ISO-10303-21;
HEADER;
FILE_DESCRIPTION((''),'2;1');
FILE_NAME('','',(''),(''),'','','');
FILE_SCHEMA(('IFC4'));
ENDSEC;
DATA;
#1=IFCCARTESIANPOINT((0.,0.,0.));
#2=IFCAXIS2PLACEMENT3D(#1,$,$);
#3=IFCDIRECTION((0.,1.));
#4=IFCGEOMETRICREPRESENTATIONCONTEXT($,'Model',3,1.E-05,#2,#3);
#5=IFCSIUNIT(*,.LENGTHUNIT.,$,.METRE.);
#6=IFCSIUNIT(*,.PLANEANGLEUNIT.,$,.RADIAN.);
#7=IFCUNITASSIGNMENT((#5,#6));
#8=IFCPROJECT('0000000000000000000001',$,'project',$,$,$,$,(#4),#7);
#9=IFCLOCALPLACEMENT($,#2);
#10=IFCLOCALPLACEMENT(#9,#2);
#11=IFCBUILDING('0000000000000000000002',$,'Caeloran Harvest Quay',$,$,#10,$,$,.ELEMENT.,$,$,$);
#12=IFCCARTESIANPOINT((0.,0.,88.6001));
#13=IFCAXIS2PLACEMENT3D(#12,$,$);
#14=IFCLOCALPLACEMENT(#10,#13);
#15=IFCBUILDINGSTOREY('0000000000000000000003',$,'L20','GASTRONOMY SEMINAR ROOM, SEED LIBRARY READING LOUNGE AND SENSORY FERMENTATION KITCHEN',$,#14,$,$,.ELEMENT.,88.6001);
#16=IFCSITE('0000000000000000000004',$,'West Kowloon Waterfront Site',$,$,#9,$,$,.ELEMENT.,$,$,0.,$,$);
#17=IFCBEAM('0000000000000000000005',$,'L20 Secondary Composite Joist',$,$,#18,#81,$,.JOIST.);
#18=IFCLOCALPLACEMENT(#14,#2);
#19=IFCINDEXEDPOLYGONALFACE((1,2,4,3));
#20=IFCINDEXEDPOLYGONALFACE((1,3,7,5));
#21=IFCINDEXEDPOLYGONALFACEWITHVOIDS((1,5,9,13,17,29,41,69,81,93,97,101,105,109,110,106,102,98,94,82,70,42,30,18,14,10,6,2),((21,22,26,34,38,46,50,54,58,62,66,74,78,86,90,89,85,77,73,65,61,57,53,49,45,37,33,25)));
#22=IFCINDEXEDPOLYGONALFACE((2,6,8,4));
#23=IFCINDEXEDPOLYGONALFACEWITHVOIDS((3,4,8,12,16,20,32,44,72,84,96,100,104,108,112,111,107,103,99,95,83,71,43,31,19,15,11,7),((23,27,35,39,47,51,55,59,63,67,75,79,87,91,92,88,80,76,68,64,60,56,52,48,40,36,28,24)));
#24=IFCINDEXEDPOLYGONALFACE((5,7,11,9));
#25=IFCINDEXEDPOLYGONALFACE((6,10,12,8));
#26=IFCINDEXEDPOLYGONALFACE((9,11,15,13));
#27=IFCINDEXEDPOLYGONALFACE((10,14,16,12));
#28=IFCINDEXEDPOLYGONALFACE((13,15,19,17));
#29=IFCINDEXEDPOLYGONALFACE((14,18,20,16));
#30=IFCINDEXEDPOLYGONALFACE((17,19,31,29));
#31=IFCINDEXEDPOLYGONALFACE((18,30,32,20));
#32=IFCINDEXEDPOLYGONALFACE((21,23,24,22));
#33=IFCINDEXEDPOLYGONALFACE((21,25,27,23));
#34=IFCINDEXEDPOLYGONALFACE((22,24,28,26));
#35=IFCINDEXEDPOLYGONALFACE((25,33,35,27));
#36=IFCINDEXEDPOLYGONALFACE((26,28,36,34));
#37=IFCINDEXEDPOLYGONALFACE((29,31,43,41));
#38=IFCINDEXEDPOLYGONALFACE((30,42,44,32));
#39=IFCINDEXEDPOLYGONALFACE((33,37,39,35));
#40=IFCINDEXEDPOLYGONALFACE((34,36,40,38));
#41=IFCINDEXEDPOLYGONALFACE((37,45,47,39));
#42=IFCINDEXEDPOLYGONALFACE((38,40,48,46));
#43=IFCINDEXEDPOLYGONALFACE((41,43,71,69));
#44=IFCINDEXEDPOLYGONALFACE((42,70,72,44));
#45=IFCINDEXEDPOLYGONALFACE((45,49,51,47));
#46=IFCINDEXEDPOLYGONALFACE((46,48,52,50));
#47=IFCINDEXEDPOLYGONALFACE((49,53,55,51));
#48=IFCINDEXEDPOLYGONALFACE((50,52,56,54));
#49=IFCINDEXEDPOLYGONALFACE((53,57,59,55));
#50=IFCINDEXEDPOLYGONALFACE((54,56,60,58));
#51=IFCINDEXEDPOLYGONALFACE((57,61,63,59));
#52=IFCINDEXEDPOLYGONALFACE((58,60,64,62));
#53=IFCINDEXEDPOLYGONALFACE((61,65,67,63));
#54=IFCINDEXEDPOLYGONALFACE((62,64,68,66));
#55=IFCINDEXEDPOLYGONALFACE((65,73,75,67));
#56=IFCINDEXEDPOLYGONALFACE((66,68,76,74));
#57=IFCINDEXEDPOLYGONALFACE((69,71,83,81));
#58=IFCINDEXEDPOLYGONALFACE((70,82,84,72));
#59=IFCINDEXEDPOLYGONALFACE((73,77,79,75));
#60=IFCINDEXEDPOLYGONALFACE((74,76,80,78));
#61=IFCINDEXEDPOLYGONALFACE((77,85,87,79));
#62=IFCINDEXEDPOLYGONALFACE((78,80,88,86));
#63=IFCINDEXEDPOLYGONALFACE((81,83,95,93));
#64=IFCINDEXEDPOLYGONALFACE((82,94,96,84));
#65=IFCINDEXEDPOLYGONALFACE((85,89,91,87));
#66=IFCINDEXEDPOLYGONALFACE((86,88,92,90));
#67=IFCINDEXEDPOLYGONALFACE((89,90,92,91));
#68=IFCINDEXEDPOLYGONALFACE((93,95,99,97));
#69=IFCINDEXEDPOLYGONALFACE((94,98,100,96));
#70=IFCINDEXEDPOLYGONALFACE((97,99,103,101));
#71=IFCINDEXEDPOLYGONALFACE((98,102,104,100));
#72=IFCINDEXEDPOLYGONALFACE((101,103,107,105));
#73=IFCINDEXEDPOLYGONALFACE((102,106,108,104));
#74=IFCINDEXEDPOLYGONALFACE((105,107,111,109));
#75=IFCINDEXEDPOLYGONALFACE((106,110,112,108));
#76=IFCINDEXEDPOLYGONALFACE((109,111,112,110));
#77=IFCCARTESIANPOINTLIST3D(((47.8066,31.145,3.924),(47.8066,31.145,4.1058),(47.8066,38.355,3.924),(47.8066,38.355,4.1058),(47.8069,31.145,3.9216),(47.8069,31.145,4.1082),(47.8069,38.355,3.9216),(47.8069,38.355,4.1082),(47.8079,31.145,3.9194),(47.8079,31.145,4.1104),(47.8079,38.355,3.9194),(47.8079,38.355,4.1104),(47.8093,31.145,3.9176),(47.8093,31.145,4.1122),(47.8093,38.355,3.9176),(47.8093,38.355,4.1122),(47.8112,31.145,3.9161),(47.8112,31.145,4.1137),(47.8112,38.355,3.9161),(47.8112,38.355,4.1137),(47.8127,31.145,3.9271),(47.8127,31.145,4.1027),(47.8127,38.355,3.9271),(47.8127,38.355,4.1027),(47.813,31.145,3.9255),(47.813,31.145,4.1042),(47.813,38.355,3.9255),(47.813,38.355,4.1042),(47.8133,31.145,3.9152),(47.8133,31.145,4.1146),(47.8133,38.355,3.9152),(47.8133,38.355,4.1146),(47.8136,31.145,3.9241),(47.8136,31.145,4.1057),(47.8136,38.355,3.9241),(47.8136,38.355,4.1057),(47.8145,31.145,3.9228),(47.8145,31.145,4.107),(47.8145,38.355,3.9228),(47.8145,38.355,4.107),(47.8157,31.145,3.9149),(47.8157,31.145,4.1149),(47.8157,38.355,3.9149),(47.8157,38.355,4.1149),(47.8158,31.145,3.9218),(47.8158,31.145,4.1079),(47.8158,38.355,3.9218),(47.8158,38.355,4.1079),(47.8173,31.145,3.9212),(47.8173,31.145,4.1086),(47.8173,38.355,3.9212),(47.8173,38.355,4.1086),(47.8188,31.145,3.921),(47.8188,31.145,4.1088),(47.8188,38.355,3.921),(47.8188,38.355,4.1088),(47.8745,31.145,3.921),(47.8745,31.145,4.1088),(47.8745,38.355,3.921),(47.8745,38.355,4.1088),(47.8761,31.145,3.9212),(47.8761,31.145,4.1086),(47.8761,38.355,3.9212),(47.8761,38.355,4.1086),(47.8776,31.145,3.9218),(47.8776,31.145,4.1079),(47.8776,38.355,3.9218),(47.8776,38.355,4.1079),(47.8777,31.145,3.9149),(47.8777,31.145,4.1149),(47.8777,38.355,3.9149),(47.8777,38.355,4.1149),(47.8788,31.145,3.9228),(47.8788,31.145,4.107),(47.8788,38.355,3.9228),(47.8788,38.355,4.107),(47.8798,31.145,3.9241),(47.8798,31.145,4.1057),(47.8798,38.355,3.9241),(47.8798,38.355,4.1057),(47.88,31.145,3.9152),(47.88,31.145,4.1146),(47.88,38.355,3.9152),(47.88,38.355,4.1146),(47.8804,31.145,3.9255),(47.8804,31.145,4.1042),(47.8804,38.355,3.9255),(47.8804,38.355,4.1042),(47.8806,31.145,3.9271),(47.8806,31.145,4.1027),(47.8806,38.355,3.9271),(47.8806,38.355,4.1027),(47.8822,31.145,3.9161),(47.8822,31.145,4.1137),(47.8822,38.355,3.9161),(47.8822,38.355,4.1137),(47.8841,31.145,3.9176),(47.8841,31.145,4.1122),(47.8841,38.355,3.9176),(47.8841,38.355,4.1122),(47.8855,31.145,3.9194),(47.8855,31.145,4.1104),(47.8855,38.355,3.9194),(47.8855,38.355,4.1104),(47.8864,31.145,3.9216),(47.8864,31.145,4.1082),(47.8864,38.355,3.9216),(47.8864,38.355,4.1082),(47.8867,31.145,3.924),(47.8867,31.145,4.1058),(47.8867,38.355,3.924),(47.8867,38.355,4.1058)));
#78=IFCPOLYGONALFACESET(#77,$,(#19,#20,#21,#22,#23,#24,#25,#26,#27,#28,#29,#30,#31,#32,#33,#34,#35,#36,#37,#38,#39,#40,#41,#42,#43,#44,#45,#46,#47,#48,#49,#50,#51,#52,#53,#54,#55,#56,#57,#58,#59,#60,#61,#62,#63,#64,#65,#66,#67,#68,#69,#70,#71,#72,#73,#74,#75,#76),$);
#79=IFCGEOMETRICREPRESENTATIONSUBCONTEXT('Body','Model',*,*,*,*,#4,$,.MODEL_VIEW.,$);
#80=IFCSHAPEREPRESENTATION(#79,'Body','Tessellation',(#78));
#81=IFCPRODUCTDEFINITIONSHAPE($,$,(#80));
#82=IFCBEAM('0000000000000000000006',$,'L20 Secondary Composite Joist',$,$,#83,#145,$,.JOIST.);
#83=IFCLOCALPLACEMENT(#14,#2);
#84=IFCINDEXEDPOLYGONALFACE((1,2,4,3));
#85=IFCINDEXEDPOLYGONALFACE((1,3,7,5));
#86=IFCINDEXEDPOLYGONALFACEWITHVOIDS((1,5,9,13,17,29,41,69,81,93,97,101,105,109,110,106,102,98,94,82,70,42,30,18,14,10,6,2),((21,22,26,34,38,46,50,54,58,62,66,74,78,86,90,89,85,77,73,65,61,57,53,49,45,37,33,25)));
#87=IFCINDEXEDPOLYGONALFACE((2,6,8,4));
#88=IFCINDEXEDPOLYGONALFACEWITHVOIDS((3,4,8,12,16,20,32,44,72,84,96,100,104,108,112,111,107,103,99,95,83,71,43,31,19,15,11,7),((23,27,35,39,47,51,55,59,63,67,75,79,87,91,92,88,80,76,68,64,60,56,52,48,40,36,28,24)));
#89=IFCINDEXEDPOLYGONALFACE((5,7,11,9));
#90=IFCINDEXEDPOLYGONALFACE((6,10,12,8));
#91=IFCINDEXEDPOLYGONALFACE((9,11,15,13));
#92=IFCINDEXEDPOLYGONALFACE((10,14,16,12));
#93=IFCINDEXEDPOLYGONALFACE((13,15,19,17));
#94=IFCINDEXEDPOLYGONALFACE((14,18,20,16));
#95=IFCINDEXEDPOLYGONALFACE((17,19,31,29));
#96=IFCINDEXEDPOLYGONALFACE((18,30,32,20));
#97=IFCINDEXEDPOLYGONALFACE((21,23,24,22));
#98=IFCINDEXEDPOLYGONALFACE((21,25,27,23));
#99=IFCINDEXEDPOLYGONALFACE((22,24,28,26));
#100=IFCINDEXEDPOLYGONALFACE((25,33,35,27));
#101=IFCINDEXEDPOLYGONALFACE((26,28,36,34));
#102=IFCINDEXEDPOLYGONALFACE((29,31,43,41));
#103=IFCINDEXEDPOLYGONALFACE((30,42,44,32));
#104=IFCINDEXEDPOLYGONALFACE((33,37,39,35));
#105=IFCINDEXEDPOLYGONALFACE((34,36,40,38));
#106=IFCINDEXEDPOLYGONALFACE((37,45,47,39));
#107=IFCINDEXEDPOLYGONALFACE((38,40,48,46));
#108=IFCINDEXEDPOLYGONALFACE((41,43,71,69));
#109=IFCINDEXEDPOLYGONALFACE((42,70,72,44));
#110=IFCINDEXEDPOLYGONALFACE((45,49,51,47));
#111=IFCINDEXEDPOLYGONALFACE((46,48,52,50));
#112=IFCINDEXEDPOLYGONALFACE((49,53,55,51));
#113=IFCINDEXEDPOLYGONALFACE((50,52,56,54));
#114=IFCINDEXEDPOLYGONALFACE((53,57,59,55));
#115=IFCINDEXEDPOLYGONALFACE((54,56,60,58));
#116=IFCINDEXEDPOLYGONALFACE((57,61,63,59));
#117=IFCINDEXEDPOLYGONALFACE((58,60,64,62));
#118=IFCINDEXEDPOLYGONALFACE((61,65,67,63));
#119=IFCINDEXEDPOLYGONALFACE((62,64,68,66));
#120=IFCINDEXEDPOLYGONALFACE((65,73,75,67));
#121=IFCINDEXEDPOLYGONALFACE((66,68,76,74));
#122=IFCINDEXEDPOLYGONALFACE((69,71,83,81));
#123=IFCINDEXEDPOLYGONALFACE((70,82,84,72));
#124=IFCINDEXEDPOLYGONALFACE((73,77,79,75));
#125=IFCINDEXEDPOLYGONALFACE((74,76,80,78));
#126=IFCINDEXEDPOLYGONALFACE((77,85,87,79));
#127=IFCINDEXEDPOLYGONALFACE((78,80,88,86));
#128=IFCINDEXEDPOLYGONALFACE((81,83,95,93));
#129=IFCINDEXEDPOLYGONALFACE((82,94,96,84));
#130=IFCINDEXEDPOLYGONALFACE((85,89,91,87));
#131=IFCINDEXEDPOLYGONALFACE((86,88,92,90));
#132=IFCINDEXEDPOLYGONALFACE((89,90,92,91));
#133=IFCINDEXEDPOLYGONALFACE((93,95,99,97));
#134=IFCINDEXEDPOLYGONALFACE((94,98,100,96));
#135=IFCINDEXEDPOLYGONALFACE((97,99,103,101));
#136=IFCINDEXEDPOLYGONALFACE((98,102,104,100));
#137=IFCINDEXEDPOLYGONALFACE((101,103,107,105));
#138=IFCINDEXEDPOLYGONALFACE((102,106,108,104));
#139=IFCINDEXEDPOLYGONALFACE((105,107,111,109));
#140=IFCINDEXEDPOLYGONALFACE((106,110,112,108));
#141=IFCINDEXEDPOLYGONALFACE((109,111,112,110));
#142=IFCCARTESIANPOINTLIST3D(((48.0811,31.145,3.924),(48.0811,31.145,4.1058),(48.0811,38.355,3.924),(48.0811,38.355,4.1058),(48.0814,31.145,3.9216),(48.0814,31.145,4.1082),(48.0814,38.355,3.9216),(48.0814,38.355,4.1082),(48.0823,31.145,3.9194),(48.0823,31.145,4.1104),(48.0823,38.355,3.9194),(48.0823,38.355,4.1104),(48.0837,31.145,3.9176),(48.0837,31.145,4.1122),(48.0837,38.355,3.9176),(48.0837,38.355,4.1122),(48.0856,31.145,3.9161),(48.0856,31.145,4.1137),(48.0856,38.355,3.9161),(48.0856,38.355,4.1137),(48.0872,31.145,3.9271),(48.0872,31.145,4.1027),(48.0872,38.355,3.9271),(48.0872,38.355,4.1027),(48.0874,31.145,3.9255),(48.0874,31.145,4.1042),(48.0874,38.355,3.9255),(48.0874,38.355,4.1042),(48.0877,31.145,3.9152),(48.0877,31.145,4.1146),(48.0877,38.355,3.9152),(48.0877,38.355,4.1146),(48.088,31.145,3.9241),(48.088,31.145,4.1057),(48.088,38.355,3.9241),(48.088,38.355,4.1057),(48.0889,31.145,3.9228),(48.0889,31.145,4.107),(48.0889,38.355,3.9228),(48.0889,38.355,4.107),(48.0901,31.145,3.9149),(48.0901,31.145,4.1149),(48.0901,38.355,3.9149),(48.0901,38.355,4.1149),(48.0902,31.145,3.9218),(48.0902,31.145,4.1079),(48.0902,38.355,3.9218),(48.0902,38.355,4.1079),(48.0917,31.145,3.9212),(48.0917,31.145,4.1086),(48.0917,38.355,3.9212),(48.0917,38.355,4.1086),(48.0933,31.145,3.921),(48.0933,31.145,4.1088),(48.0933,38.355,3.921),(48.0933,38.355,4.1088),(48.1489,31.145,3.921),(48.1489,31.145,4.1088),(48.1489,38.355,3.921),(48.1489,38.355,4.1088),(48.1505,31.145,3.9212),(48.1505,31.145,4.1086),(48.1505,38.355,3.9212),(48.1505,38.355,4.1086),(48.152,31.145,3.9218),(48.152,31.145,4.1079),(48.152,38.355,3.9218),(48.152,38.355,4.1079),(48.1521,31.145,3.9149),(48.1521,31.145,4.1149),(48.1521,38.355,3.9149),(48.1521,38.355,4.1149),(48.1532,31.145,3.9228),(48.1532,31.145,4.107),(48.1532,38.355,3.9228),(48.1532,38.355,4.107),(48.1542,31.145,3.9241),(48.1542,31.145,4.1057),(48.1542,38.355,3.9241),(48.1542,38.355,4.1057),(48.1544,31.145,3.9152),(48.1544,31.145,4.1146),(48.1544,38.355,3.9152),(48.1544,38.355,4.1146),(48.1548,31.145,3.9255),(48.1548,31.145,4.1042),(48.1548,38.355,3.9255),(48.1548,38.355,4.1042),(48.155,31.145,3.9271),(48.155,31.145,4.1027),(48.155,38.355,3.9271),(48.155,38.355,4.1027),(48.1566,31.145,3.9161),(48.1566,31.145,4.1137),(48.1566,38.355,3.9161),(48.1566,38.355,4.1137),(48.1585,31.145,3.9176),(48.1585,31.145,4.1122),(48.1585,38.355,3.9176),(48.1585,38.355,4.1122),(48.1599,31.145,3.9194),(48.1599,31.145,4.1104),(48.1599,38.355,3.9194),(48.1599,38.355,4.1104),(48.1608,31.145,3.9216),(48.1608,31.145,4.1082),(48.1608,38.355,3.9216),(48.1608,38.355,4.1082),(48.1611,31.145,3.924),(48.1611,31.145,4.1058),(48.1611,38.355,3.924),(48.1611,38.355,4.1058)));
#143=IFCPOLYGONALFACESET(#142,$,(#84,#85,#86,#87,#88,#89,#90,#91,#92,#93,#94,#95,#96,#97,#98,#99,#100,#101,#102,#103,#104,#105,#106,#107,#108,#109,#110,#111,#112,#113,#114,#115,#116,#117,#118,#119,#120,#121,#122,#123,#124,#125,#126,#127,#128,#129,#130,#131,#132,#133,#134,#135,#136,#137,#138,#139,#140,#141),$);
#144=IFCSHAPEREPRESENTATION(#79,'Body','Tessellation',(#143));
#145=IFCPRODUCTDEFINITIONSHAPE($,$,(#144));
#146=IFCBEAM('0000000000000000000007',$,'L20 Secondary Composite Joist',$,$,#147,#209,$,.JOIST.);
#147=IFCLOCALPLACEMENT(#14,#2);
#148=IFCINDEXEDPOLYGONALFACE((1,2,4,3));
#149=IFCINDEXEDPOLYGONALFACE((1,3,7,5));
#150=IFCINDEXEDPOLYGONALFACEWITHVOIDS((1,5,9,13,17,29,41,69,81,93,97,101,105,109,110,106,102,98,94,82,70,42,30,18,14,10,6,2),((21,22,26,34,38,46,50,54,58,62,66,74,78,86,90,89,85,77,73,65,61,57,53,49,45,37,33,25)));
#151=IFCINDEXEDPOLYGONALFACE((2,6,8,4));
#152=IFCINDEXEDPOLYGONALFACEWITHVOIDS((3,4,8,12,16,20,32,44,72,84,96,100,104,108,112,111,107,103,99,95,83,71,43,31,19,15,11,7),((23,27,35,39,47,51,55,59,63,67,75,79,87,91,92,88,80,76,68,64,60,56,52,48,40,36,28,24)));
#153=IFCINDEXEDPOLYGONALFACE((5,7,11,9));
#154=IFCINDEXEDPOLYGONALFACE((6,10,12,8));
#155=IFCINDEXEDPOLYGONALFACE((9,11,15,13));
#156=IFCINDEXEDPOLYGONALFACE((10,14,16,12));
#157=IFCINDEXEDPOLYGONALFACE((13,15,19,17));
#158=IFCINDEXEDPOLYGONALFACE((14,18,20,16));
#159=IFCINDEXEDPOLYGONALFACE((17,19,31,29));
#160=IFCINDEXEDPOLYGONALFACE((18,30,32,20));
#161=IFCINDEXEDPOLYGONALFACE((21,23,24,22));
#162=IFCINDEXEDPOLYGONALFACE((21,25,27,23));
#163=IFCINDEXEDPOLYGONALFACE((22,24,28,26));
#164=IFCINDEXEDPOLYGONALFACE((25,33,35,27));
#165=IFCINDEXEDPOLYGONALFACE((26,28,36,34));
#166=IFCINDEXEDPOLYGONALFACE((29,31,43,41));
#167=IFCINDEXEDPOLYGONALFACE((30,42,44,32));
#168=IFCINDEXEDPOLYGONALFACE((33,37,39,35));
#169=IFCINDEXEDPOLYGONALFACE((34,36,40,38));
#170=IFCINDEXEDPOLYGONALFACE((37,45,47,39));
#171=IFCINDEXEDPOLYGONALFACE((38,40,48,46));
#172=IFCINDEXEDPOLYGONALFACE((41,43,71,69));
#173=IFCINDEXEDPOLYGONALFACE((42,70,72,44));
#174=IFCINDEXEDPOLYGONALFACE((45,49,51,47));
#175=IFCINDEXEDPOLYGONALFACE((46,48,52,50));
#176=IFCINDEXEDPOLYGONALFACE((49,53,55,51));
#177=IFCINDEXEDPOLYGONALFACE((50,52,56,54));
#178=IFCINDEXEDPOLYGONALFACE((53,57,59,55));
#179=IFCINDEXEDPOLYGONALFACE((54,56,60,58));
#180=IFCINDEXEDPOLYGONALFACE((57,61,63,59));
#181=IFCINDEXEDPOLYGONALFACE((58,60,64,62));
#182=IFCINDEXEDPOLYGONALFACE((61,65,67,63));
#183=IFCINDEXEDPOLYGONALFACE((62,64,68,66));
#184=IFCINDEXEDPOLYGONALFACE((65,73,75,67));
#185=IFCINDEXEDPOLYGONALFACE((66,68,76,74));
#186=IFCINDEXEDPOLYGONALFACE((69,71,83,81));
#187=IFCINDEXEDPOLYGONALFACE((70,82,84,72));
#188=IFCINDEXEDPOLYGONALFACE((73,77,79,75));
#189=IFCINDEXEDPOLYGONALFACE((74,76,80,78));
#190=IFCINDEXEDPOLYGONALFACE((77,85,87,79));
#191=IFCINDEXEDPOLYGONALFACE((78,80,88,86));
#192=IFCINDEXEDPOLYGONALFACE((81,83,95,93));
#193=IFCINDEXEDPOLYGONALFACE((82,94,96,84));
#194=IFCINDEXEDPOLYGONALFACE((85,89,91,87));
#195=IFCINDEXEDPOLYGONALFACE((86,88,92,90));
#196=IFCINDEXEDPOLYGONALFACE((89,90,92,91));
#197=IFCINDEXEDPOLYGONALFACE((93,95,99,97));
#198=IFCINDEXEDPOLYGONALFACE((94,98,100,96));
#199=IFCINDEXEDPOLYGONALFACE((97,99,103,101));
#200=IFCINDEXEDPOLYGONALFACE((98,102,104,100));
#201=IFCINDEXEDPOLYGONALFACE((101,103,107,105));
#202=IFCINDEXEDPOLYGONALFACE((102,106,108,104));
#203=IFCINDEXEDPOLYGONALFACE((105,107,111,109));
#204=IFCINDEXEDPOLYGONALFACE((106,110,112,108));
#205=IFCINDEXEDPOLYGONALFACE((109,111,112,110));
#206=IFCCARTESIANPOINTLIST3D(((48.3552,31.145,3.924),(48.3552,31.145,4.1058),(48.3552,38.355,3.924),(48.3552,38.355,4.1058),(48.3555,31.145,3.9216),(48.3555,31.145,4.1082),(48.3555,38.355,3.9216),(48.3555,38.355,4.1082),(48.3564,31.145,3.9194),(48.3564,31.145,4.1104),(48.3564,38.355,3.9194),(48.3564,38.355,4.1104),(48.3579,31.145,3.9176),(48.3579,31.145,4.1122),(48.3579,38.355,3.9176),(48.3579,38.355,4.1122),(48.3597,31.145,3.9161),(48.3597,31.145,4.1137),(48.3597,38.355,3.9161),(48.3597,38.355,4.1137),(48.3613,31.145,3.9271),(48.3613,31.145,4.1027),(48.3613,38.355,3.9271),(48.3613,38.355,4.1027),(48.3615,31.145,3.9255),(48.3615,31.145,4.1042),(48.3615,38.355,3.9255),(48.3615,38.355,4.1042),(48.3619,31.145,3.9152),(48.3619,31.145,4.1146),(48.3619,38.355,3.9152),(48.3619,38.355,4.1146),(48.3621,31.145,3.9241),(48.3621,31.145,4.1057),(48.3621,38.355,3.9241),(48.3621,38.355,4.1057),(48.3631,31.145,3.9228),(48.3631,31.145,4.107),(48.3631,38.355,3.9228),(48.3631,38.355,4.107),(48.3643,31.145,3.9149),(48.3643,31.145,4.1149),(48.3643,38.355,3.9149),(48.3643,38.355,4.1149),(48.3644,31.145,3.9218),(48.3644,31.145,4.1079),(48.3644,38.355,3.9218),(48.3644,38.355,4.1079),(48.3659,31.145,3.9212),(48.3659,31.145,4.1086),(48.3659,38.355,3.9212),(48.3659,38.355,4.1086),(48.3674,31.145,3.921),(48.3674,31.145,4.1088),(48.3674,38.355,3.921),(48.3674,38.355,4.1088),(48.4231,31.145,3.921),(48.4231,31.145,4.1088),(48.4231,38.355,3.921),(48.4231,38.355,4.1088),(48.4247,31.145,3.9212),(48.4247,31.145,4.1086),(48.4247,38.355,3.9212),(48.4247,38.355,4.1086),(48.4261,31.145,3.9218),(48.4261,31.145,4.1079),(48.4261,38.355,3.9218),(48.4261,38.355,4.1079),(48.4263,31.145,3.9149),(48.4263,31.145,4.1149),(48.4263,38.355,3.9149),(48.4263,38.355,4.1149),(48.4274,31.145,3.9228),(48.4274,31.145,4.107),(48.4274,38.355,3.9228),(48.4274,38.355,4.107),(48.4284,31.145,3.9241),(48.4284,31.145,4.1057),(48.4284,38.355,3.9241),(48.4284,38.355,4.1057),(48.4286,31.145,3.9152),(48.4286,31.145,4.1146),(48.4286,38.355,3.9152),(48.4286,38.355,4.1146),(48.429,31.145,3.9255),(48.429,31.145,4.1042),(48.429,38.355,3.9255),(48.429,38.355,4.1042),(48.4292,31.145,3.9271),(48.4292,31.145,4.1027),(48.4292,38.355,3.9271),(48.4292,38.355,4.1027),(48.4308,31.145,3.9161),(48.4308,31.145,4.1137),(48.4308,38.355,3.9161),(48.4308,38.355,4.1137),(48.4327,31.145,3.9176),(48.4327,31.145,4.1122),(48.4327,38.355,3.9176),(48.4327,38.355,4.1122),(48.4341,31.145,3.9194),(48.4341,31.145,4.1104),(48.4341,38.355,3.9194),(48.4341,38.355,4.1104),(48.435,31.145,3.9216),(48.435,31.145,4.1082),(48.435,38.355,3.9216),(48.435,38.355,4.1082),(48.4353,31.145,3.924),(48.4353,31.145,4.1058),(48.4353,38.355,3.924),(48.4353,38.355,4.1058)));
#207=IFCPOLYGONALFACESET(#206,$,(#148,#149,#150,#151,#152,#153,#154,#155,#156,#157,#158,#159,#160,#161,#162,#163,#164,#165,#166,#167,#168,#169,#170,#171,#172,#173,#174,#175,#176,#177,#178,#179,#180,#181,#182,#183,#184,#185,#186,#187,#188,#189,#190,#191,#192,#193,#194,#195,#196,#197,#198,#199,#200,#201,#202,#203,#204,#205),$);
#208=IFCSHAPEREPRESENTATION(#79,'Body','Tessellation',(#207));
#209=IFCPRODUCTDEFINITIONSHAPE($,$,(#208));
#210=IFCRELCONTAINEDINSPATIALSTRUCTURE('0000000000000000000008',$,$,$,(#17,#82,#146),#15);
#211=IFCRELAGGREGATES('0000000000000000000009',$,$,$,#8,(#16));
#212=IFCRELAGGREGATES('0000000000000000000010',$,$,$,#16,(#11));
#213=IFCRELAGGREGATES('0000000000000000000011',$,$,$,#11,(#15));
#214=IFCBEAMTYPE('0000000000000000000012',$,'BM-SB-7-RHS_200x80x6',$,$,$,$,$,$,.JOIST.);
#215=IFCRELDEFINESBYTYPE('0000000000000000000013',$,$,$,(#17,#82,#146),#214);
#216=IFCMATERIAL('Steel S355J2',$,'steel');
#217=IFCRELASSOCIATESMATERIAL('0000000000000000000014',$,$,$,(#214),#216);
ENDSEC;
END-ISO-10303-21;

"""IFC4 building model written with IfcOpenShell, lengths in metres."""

from ifc_helpers import new_model, si_unit, direction, frame, origin, origin_2d, place, context, subcontext, project, spatial, hollow_rectangle, extrude, material, material_profile, profile_set, type_object, element, save


model = new_model("IFC4")

# Units and contexts
model_context = context("Model", 3, precision=1e-05, world=origin(), true_north=direction((0.0, 1.0)))
body_context = subcontext(model_context, "Body", "Model", "MODEL_VIEW")
ifc_project = project(units=[si_unit("LENGTHUNIT", "METRE"), si_unit("PLANEANGLEUNIT", "RADIAN")], contexts=[model_context])

# Site, building, storey
site_placement = place(None, origin())
site = spatial("IfcSite", under=ifc_project, at=site_placement, Name="West Kowloon Waterfront Site", CompositionType="ELEMENT", RefElevation=0.0)
building_placement = place(site_placement, origin())
building = spatial("IfcBuilding", under=site, at=building_placement, Name="Caeloran Harvest Quay", CompositionType="ELEMENT")
storey_placement = place(building_placement, frame((0.0, 0.0, 88.6001)))
storey = spatial("IfcBuildingStorey", under=building, at=storey_placement, Name="L20", Description="GASTRONOMY SEMINAR ROOM, SEED LIBRARY READING LOUNGE AND SENSORY FERMENTATION KITCHEN", CompositionType="ELEMENT", Elevation=88.6001)

# Beams
ifc_material_1 = material(Name="Steel S355J2", Category="steel")
ifc_material_profile_1 = material_profile(ifc_material_1, hollow_rectangle(XDim=0.0801, YDim=0.2, WallThickness=0.0061, InnerFilletRadius=0.0061, OuterFilletRadius=0.009, at=origin_2d()), Name="RHS 200x80x6")
ifc_profile_set_1 = profile_set([ifc_material_profile_1], Name="Steel S355J2")
beam_type_1 = type_object("IfcBeamType", Name="BM-SB-7-RHS_200x80x6", PredefinedType="JOIST", material=ifc_profile_set_1)
for number, where, z_axis, x_axis, name in (
    (1, (47.8467, 31.145, 4.0149), (0.0, 1.0, 0.0), (-1.0, 0.0, 0.0), "L20 Secondary Composite Joist"),
    (2, (48.1211, 31.145, 4.0149), (0.0, 1.0, 0.0), (-1.0, 0.0, 0.0), "L20 Secondary Composite Joist"),
    (3, (48.3953, 31.145, 4.0149), (0.0, 1.0, 0.0), (-1.0, 0.0, 0.0), "L20 Secondary Composite Joist"),
):
    element("IfcBeam", number, at=place(storey_placement, frame(where, z_axis=z_axis, x_axis=x_axis)), inside=storey, type_object=beam_type_1, Name=name, PredefinedType="JOIST", context=body_context, shape_type="SweptSolid", body=[
        extrude(hollow_rectangle(XDim=0.0801, YDim=0.2, WallThickness=0.0061, InnerFilletRadius=0.0061, OuterFilletRadius=0.009, at=origin_2d()), origin(), (0.0, 0.0, 1.0), 7.21),
    ])

save(model, "model.ifc")
